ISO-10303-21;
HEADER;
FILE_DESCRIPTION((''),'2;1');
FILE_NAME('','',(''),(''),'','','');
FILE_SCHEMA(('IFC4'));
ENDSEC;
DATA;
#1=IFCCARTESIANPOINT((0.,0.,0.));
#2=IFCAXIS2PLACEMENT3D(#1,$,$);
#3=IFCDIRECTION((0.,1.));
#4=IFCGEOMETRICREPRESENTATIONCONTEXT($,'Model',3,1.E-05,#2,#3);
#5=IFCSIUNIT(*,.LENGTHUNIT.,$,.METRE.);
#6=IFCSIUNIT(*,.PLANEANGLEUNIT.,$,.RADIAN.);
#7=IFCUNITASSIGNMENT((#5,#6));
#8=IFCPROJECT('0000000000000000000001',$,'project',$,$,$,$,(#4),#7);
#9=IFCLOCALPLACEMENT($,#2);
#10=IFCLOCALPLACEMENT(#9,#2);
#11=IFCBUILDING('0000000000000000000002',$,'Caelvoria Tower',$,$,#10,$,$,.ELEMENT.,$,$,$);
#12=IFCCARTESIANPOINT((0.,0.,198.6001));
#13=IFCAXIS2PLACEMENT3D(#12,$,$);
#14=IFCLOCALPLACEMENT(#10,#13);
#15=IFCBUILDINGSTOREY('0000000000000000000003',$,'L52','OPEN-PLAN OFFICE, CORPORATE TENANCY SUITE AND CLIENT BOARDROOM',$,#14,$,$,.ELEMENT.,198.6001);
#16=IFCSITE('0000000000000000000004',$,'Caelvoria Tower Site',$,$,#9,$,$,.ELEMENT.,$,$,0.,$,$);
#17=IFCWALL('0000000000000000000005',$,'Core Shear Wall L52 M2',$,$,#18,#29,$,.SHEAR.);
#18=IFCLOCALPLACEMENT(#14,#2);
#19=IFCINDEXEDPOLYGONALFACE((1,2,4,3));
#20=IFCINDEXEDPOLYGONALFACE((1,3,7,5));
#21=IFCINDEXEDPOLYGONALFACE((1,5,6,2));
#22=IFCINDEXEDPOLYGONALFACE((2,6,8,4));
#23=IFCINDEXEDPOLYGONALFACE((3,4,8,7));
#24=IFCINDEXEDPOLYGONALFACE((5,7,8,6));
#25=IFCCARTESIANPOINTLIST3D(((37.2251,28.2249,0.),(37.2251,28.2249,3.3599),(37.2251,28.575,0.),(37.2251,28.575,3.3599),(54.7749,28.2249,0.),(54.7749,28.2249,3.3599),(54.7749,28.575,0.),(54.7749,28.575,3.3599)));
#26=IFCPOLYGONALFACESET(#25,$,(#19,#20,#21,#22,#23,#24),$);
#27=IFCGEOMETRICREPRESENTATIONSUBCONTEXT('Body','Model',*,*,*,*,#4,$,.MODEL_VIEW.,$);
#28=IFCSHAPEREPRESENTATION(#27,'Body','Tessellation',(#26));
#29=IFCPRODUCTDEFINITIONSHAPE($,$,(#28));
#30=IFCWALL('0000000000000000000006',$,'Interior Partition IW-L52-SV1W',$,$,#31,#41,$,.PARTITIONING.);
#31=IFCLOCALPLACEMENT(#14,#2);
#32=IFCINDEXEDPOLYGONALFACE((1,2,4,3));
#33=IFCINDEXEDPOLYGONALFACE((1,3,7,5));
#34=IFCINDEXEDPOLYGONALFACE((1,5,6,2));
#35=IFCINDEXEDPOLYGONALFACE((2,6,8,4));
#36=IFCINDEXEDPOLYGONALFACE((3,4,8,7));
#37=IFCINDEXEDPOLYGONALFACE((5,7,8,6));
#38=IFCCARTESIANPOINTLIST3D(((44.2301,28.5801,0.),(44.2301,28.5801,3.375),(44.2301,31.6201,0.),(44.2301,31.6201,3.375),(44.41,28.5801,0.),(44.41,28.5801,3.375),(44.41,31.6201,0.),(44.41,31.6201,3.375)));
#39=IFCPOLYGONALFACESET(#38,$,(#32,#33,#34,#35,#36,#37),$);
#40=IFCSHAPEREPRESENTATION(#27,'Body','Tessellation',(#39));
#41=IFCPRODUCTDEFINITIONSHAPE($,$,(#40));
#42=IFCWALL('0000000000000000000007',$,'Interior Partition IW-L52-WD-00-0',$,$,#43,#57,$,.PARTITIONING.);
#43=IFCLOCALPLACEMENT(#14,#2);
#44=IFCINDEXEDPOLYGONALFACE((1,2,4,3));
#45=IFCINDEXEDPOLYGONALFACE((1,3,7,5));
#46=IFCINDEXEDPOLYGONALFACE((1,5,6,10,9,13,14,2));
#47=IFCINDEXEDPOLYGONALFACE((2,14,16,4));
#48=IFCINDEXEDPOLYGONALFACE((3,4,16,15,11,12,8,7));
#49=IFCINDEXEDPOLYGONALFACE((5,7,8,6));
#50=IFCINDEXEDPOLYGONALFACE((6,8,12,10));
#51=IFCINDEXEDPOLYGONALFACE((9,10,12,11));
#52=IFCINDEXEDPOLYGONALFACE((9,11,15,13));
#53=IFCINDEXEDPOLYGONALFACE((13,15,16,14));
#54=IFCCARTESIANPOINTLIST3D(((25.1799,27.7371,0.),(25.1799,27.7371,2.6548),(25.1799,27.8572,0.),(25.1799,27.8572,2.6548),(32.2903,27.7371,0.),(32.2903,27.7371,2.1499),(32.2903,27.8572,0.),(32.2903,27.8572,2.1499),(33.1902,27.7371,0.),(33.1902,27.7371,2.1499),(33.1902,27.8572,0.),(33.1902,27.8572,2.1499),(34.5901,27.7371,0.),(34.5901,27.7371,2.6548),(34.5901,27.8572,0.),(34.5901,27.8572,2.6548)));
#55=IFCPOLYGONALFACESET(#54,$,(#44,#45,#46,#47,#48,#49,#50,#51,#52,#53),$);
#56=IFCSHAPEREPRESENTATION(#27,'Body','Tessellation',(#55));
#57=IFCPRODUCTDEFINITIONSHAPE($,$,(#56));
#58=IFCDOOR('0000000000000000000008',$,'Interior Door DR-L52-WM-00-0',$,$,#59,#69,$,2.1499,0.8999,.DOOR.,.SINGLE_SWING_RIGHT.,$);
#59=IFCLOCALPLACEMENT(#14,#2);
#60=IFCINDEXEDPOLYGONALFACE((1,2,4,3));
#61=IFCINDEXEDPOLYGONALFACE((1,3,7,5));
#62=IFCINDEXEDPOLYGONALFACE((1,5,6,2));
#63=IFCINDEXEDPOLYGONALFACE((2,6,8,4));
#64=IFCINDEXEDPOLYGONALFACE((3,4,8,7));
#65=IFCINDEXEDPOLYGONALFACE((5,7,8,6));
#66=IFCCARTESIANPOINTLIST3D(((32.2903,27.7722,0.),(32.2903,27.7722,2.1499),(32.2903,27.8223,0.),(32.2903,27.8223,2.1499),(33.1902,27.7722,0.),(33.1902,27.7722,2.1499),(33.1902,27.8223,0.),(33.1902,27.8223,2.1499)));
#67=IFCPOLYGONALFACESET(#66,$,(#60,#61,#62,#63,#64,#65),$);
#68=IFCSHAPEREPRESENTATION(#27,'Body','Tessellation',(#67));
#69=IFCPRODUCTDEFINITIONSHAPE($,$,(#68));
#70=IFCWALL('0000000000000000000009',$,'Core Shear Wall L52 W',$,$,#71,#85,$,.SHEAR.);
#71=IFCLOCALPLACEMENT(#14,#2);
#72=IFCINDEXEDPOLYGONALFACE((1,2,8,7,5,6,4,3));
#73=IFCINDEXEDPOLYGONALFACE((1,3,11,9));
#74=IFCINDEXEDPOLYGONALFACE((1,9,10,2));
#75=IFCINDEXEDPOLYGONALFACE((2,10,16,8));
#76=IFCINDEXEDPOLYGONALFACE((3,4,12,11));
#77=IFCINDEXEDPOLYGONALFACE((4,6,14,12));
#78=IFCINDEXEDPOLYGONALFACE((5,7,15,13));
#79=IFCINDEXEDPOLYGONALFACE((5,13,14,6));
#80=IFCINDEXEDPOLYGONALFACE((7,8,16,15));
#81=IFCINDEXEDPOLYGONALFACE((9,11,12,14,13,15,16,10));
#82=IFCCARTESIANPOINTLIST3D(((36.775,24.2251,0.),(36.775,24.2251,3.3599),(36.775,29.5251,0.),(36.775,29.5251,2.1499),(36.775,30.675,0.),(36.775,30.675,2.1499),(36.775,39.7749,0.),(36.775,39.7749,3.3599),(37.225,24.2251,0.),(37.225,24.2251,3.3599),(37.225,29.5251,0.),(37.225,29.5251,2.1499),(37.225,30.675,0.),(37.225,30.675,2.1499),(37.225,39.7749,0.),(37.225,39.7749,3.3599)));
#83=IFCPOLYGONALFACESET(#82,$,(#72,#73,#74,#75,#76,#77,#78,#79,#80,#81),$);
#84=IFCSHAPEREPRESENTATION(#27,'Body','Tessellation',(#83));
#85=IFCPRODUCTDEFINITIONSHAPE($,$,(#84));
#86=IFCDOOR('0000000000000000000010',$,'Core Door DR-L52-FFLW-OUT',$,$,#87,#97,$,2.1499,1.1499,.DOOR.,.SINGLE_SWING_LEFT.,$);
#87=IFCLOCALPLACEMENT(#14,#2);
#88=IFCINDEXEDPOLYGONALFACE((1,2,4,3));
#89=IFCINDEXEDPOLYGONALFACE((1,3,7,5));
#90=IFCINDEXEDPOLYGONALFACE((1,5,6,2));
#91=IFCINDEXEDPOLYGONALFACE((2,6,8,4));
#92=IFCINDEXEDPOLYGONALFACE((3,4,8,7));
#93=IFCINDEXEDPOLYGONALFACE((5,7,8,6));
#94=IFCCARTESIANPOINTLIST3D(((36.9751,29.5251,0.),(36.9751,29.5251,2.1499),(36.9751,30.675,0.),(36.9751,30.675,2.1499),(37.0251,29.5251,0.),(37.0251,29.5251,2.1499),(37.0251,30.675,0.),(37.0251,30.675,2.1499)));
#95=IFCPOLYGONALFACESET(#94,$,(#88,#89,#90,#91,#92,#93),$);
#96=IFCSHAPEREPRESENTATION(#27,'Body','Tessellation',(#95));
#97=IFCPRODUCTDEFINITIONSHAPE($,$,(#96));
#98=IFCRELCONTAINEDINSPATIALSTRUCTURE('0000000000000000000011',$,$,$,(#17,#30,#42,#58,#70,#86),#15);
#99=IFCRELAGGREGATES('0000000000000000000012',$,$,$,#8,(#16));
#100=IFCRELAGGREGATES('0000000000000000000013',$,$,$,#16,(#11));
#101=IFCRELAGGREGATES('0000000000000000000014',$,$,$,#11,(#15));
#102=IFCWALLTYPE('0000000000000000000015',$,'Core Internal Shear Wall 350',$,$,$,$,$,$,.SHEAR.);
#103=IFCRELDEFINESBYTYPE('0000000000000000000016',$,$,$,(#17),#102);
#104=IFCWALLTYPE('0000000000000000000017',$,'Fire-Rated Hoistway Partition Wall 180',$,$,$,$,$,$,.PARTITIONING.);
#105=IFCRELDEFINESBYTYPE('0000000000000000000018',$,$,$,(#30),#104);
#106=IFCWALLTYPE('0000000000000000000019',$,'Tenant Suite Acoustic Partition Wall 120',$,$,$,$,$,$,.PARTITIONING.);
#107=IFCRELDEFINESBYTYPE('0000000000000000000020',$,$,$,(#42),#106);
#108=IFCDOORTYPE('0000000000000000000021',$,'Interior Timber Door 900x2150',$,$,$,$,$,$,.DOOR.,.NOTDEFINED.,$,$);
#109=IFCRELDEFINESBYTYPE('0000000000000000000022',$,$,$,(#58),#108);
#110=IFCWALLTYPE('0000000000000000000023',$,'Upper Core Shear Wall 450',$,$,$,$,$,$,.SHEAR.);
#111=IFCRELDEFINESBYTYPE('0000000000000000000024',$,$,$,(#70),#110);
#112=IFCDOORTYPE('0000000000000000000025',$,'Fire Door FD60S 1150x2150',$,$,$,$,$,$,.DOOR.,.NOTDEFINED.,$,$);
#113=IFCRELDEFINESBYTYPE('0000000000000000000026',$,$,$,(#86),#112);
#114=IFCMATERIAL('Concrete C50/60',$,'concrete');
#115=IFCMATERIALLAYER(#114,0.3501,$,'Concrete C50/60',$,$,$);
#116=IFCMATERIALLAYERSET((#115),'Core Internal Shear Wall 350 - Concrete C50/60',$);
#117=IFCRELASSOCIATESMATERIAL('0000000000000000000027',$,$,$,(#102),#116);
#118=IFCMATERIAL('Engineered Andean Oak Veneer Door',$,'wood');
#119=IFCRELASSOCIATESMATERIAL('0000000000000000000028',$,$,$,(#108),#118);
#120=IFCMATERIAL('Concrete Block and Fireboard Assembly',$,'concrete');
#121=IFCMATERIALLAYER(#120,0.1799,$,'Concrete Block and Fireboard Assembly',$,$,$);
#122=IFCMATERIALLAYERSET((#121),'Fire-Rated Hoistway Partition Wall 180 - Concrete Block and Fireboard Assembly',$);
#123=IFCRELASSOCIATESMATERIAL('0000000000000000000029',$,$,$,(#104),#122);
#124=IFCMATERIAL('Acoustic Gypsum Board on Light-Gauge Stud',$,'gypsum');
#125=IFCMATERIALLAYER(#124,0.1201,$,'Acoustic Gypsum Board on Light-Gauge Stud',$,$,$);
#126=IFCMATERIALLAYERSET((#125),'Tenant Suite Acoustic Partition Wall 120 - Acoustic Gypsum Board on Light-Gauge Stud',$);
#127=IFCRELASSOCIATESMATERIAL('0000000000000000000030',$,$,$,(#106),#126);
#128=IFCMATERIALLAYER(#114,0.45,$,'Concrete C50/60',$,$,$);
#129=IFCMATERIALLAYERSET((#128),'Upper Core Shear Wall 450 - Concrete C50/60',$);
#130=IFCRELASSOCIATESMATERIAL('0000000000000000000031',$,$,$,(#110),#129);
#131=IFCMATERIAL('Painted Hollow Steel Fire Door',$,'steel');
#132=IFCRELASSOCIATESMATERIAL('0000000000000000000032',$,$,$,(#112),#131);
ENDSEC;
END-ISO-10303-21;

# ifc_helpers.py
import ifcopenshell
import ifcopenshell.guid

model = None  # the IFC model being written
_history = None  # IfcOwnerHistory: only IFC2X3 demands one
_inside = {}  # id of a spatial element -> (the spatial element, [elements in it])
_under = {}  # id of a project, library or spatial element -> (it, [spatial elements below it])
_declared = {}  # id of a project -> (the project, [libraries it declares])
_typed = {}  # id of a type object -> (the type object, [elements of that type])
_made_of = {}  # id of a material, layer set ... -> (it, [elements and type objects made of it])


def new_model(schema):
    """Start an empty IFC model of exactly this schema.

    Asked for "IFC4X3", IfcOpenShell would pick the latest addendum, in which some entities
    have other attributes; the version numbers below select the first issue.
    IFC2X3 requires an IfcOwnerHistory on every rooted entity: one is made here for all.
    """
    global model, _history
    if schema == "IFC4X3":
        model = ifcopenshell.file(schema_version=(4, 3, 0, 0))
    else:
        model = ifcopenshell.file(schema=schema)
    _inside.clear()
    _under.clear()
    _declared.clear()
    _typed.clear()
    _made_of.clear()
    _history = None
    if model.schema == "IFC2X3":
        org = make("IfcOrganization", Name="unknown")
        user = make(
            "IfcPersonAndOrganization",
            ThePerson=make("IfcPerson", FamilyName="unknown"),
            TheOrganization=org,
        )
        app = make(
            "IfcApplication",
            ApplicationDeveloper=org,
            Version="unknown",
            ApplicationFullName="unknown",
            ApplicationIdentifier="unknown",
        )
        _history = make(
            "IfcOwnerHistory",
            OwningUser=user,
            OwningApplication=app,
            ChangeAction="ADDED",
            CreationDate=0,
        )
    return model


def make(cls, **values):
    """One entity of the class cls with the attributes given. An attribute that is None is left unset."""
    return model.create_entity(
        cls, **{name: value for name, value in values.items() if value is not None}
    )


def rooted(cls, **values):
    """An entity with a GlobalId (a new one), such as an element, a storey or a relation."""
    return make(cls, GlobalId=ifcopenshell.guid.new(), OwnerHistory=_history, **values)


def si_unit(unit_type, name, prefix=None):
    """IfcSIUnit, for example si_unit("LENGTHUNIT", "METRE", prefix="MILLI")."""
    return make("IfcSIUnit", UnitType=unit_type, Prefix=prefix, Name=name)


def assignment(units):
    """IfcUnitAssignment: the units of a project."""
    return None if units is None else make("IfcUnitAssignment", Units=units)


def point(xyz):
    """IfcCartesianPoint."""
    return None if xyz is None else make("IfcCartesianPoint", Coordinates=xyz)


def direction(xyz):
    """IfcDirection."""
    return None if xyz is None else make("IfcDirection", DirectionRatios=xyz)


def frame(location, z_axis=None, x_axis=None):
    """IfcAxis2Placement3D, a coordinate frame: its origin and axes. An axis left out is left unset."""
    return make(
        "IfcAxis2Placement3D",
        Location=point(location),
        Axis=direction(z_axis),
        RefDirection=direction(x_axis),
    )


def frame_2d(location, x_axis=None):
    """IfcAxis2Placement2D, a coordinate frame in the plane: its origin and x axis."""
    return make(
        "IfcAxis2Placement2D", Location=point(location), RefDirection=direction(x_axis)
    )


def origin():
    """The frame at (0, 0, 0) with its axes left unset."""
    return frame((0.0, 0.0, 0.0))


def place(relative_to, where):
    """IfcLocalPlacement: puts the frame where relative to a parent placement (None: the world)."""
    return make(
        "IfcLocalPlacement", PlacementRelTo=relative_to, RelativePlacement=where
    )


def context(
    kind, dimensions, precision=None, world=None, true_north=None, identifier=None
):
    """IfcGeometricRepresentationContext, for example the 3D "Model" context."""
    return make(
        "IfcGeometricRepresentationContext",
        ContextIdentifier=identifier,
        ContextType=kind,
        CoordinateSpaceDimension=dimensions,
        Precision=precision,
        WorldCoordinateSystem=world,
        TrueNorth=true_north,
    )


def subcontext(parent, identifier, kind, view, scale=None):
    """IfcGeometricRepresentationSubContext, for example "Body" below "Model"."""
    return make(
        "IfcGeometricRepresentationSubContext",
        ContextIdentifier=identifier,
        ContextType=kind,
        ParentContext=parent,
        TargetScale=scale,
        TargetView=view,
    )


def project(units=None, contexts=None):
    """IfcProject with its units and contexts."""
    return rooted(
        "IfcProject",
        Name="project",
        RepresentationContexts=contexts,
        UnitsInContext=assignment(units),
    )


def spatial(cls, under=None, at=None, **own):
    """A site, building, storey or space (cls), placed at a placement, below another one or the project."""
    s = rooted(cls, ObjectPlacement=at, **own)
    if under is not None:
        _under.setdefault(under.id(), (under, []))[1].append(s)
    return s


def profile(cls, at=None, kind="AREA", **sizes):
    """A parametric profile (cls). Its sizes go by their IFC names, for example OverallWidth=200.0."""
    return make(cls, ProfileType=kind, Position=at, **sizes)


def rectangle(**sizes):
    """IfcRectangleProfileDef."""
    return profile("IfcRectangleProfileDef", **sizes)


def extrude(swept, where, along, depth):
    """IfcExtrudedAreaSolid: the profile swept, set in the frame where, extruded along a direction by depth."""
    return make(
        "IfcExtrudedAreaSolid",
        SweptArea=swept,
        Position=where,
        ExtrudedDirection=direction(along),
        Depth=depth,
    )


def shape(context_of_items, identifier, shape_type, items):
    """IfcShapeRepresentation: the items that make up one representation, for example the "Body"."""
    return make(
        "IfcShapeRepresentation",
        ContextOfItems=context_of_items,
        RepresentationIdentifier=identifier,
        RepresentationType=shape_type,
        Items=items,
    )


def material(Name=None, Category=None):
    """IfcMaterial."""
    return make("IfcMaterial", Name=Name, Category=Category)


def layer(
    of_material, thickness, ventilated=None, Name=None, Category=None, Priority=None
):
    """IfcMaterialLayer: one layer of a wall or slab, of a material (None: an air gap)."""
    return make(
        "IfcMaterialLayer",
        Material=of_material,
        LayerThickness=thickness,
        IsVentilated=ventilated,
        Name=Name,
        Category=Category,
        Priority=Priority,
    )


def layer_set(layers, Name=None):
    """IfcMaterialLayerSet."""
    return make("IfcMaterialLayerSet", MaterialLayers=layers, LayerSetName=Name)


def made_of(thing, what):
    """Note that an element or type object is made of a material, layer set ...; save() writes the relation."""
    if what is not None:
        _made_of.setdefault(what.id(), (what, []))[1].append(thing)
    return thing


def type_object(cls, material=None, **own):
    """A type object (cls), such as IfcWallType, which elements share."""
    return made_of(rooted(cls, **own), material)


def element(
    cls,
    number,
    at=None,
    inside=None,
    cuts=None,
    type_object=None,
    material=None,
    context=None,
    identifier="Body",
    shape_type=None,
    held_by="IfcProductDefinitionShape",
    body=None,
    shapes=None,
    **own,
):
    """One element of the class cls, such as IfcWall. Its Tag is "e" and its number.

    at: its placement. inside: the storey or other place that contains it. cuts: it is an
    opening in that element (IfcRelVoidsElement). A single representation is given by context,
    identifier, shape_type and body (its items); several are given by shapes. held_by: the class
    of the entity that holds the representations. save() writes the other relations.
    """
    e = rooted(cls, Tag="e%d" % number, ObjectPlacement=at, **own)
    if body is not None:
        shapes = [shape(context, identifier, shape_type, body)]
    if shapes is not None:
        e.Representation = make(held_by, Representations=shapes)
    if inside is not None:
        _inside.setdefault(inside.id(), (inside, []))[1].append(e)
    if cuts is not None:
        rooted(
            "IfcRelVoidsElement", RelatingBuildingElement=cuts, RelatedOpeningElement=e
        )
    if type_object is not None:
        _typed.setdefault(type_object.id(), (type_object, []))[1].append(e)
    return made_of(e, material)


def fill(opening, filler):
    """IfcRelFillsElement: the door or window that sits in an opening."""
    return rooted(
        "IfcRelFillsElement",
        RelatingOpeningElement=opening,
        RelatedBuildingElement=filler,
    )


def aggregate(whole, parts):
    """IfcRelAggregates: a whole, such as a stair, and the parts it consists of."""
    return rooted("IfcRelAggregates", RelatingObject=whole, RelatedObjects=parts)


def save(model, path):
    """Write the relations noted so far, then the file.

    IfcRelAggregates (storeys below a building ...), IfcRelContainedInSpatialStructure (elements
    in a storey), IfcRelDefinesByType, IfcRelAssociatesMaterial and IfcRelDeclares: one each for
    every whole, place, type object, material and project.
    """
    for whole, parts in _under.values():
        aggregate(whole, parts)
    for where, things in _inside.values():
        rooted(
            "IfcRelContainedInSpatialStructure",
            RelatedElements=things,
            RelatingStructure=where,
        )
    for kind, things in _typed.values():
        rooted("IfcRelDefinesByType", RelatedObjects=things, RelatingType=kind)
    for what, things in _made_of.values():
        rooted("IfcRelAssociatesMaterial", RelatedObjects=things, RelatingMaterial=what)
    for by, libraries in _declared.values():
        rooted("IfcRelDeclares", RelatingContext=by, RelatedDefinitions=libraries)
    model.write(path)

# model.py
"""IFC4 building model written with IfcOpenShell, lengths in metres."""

from ifc_helpers import new_model, si_unit, direction, frame, frame_2d, origin, place, context, subcontext, project, spatial, rectangle, extrude, material, layer, layer_set, type_object, element, fill, save


model = new_model("IFC4")

# Units and contexts
model_context = context("Model", 3, precision=1e-05, world=origin(), true_north=direction((0.0, 1.0)))
body_context = subcontext(model_context, "Body", "Model", "MODEL_VIEW")
ifc_project = project(units=[si_unit("LENGTHUNIT", "METRE"), si_unit("PLANEANGLEUNIT", "RADIAN")], contexts=[model_context])

# Site, building, storey
site_placement = place(None, origin())
site = spatial("IfcSite", under=ifc_project, at=site_placement, Name="Caelvoria Tower Site", CompositionType="ELEMENT", RefElevation=0.0)
building_placement = place(site_placement, origin())
building = spatial("IfcBuilding", under=site, at=building_placement, Name="Caelvoria Tower", CompositionType="ELEMENT")
storey_placement = place(building_placement, frame((0.0, 0.0, 198.6001)))
storey = spatial("IfcBuildingStorey", under=building, at=storey_placement, Name="L52", Description="OPEN-PLAN OFFICE, CORPORATE TENANCY SUITE AND CLIENT BOARDROOM", CompositionType="ELEMENT", Elevation=198.6001)

# Shared definitions
ifc_material_1 = material(Name="Concrete C50/60", Category="concrete")
ifc_layer_1 = layer(ifc_material_1, 0.3501, Name="Concrete C50/60")
ifc_layer_set_1 = layer_set([ifc_layer_1], Name="Core Internal Shear Wall 350 - Concrete C50/60")
wall_type_1 = type_object("IfcWallType", Name="Core Internal Shear Wall 350", PredefinedType="SHEAR", material=ifc_layer_set_1)
ifc_material_2 = material(Name="Painted Hollow Steel Fire Door", Category="steel")

# Wall
wall_1_placement = place(storey_placement, frame((37.2251, 28.3999, 0.0), z_axis=(0.0, 0.0, 1.0), x_axis=(1.0, 0.0, 0.0)))
element("IfcWall", 1, at=wall_1_placement, inside=storey, type_object=wall_type_1, Name="Core Shear Wall L52 M2", PredefinedType="SHEAR", context=body_context, shape_type="SweptSolid", body=[
    extrude(rectangle(XDim=17.5498, YDim=0.3501, at=frame_2d((8.7749, 0.0))), origin(), (0.0, 0.0, 1.0), 3.3599),
])

# Shared definitions
ifc_material_3 = material(Name="Engineered Andean Oak Veneer Door", Category="wood")
door_type_1 = type_object("IfcDoorType", Name="Interior Timber Door 900x2150", OperationType="NOTDEFINED", PredefinedType="DOOR", material=ifc_material_3)

# Wall
ifc_material_4 = material(Name="Concrete Block and Fireboard Assembly", Category="concrete")
ifc_layer_2 = layer(ifc_material_4, 0.1799, Name="Concrete Block and Fireboard Assembly")
ifc_layer_set_2 = layer_set([ifc_layer_2], Name="Fire-Rated Hoistway Partition Wall 180 - Concrete Block and Fireboard Assembly")
wall_type_2 = type_object("IfcWallType", Name="Fire-Rated Hoistway Partition Wall 180", PredefinedType="PARTITIONING", material=ifc_layer_set_2)
wall_2_placement = place(storey_placement, frame((44.3201, 28.5801, 0.0), z_axis=(0.0, 0.0, 1.0), x_axis=(0.0, 1.0, 0.0)))
element("IfcWall", 2, at=wall_2_placement, inside=storey, type_object=wall_type_2, Name="Interior Partition IW-L52-SV1W", PredefinedType="PARTITIONING", context=body_context, shape_type="SweptSolid", body=[
    extrude(rectangle(XDim=3.04, YDim=0.1799, at=frame_2d((1.52, 0.0))), origin(), (0.0, 0.0, 1.0), 3.375),
])

# Walls, openings, doors
ifc_material_5 = material(Name="Acoustic Gypsum Board on Light-Gauge Stud", Category="gypsum")
ifc_layer_3 = layer(ifc_material_5, 0.1201, Name="Acoustic Gypsum Board on Light-Gauge Stud")
ifc_layer_set_3 = layer_set([ifc_layer_3], Name="Tenant Suite Acoustic Partition Wall 120 - Acoustic Gypsum Board on Light-Gauge Stud")
wall_type_3 = type_object("IfcWallType", Name="Tenant Suite Acoustic Partition Wall 120", PredefinedType="PARTITIONING", material=ifc_layer_set_3)
wall_3_placement = place(storey_placement, frame((34.5901, 27.7971, 0.0), z_axis=(0.0, 0.0, 1.0), x_axis=(-1.0, 0.0, 0.0)))
wall_3 = element("IfcWall", 3, at=wall_3_placement, inside=storey, type_object=wall_type_3, Name="Interior Partition IW-L52-WD-00-0", PredefinedType="PARTITIONING", context=body_context, shape_type="SweptSolid", body=[
    extrude(rectangle(XDim=9.4102, YDim=0.1201, at=frame_2d((4.7051, 0.0))), origin(), (0.0, 0.0, 1.0), 2.6548),
])
opening_1_placement = place(wall_3_placement, frame((1.3999, 0.0, 0.0)))
opening_1 = element("IfcOpeningElement", 4, at=opening_1_placement, cuts=wall_3, PredefinedType="OPENING", context=body_context, shape_type="SweptSolid", body=[
    extrude(rectangle(XDim=0.8999, YDim=2.1499, at=frame_2d((0.45, 1.075))), frame((0.0, 0.0701, 0.0), z_axis=(0.0, -1.0, 0.0), x_axis=(1.0, 0.0, 0.0)), (0.0, 0.0, 1.0), 0.1401),
])
door_1_placement = place(opening_1_placement, origin())
door_1 = element("IfcDoor", 5, at=door_1_placement, inside=storey, type_object=door_type_1, Name="Interior Door DR-L52-WM-00-0", OperationType="SINGLE_SWING_RIGHT", OverallHeight=2.1499, OverallWidth=0.8999, PredefinedType="DOOR", context=body_context, shape_type="SweptSolid", body=[
    extrude(rectangle(XDim=0.8999, YDim=2.1499, at=frame_2d((0.45, 1.075))), frame((0.0, 0.0249, 0.0), z_axis=(0.0, -1.0, 0.0), x_axis=(1.0, 0.0, 0.0)), (0.0, 0.0, 1.0), 0.05),
])
fill(opening_1, door_1)
ifc_layer_4 = layer(ifc_material_1, 0.45, Name="Concrete C50/60")
ifc_layer_set_4 = layer_set([ifc_layer_4], Name="Upper Core Shear Wall 450 - Concrete C50/60")
wall_type_4 = type_object("IfcWallType", Name="Upper Core Shear Wall 450", PredefinedType="SHEAR", material=ifc_layer_set_4)
wall_4_placement = place(storey_placement, frame((37.0, 24.2251, 0.0), z_axis=(0.0, 0.0, 1.0), x_axis=(0.0, 1.0, 0.0)))
wall_4 = element("IfcWall", 6, at=wall_4_placement, inside=storey, type_object=wall_type_4, Name="Core Shear Wall L52 W", PredefinedType="SHEAR", context=body_context, shape_type="SweptSolid", body=[
    extrude(rectangle(XDim=15.5498, YDim=0.45, at=frame_2d((7.7749, 0.0))), origin(), (0.0, 0.0, 1.0), 3.3599),
])
opening_2_placement = place(wall_4_placement, frame((5.3, 0.0, 0.0)))
opening_2 = element("IfcOpeningElement", 7, at=opening_2_placement, cuts=wall_4, PredefinedType="OPENING", context=body_context, shape_type="SweptSolid", body=[
    extrude(rectangle(XDim=1.1499, YDim=2.1499, at=frame_2d((0.575, 1.075))), frame((0.0, 0.2349, 0.0), z_axis=(0.0, -1.0, 0.0), x_axis=(1.0, 0.0, 0.0)), (0.0, 0.0, 1.0), 0.47),
])
door_type_2 = type_object("IfcDoorType", Name="Fire Door FD60S 1150x2150", OperationType="NOTDEFINED", PredefinedType="DOOR", material=ifc_material_2)
door_2_placement = place(opening_2_placement, origin())
door_2 = element("IfcDoor", 8, at=door_2_placement, inside=storey, type_object=door_type_2, Name="Core Door DR-L52-FFLW-OUT", OperationType="SINGLE_SWING_LEFT", OverallHeight=2.1499, OverallWidth=1.1499, PredefinedType="DOOR", context=body_context, shape_type="SweptSolid", body=[
    extrude(rectangle(XDim=1.1499, YDim=2.1499, at=frame_2d((0.575, 1.075))), frame((0.0, 0.0249, 0.0), z_axis=(0.0, -1.0, 0.0), x_axis=(1.0, 0.0, 0.0)), (0.0, 0.0, 1.0), 0.05),
])
fill(opening_2, door_2)

save(model, "model.ifc")
